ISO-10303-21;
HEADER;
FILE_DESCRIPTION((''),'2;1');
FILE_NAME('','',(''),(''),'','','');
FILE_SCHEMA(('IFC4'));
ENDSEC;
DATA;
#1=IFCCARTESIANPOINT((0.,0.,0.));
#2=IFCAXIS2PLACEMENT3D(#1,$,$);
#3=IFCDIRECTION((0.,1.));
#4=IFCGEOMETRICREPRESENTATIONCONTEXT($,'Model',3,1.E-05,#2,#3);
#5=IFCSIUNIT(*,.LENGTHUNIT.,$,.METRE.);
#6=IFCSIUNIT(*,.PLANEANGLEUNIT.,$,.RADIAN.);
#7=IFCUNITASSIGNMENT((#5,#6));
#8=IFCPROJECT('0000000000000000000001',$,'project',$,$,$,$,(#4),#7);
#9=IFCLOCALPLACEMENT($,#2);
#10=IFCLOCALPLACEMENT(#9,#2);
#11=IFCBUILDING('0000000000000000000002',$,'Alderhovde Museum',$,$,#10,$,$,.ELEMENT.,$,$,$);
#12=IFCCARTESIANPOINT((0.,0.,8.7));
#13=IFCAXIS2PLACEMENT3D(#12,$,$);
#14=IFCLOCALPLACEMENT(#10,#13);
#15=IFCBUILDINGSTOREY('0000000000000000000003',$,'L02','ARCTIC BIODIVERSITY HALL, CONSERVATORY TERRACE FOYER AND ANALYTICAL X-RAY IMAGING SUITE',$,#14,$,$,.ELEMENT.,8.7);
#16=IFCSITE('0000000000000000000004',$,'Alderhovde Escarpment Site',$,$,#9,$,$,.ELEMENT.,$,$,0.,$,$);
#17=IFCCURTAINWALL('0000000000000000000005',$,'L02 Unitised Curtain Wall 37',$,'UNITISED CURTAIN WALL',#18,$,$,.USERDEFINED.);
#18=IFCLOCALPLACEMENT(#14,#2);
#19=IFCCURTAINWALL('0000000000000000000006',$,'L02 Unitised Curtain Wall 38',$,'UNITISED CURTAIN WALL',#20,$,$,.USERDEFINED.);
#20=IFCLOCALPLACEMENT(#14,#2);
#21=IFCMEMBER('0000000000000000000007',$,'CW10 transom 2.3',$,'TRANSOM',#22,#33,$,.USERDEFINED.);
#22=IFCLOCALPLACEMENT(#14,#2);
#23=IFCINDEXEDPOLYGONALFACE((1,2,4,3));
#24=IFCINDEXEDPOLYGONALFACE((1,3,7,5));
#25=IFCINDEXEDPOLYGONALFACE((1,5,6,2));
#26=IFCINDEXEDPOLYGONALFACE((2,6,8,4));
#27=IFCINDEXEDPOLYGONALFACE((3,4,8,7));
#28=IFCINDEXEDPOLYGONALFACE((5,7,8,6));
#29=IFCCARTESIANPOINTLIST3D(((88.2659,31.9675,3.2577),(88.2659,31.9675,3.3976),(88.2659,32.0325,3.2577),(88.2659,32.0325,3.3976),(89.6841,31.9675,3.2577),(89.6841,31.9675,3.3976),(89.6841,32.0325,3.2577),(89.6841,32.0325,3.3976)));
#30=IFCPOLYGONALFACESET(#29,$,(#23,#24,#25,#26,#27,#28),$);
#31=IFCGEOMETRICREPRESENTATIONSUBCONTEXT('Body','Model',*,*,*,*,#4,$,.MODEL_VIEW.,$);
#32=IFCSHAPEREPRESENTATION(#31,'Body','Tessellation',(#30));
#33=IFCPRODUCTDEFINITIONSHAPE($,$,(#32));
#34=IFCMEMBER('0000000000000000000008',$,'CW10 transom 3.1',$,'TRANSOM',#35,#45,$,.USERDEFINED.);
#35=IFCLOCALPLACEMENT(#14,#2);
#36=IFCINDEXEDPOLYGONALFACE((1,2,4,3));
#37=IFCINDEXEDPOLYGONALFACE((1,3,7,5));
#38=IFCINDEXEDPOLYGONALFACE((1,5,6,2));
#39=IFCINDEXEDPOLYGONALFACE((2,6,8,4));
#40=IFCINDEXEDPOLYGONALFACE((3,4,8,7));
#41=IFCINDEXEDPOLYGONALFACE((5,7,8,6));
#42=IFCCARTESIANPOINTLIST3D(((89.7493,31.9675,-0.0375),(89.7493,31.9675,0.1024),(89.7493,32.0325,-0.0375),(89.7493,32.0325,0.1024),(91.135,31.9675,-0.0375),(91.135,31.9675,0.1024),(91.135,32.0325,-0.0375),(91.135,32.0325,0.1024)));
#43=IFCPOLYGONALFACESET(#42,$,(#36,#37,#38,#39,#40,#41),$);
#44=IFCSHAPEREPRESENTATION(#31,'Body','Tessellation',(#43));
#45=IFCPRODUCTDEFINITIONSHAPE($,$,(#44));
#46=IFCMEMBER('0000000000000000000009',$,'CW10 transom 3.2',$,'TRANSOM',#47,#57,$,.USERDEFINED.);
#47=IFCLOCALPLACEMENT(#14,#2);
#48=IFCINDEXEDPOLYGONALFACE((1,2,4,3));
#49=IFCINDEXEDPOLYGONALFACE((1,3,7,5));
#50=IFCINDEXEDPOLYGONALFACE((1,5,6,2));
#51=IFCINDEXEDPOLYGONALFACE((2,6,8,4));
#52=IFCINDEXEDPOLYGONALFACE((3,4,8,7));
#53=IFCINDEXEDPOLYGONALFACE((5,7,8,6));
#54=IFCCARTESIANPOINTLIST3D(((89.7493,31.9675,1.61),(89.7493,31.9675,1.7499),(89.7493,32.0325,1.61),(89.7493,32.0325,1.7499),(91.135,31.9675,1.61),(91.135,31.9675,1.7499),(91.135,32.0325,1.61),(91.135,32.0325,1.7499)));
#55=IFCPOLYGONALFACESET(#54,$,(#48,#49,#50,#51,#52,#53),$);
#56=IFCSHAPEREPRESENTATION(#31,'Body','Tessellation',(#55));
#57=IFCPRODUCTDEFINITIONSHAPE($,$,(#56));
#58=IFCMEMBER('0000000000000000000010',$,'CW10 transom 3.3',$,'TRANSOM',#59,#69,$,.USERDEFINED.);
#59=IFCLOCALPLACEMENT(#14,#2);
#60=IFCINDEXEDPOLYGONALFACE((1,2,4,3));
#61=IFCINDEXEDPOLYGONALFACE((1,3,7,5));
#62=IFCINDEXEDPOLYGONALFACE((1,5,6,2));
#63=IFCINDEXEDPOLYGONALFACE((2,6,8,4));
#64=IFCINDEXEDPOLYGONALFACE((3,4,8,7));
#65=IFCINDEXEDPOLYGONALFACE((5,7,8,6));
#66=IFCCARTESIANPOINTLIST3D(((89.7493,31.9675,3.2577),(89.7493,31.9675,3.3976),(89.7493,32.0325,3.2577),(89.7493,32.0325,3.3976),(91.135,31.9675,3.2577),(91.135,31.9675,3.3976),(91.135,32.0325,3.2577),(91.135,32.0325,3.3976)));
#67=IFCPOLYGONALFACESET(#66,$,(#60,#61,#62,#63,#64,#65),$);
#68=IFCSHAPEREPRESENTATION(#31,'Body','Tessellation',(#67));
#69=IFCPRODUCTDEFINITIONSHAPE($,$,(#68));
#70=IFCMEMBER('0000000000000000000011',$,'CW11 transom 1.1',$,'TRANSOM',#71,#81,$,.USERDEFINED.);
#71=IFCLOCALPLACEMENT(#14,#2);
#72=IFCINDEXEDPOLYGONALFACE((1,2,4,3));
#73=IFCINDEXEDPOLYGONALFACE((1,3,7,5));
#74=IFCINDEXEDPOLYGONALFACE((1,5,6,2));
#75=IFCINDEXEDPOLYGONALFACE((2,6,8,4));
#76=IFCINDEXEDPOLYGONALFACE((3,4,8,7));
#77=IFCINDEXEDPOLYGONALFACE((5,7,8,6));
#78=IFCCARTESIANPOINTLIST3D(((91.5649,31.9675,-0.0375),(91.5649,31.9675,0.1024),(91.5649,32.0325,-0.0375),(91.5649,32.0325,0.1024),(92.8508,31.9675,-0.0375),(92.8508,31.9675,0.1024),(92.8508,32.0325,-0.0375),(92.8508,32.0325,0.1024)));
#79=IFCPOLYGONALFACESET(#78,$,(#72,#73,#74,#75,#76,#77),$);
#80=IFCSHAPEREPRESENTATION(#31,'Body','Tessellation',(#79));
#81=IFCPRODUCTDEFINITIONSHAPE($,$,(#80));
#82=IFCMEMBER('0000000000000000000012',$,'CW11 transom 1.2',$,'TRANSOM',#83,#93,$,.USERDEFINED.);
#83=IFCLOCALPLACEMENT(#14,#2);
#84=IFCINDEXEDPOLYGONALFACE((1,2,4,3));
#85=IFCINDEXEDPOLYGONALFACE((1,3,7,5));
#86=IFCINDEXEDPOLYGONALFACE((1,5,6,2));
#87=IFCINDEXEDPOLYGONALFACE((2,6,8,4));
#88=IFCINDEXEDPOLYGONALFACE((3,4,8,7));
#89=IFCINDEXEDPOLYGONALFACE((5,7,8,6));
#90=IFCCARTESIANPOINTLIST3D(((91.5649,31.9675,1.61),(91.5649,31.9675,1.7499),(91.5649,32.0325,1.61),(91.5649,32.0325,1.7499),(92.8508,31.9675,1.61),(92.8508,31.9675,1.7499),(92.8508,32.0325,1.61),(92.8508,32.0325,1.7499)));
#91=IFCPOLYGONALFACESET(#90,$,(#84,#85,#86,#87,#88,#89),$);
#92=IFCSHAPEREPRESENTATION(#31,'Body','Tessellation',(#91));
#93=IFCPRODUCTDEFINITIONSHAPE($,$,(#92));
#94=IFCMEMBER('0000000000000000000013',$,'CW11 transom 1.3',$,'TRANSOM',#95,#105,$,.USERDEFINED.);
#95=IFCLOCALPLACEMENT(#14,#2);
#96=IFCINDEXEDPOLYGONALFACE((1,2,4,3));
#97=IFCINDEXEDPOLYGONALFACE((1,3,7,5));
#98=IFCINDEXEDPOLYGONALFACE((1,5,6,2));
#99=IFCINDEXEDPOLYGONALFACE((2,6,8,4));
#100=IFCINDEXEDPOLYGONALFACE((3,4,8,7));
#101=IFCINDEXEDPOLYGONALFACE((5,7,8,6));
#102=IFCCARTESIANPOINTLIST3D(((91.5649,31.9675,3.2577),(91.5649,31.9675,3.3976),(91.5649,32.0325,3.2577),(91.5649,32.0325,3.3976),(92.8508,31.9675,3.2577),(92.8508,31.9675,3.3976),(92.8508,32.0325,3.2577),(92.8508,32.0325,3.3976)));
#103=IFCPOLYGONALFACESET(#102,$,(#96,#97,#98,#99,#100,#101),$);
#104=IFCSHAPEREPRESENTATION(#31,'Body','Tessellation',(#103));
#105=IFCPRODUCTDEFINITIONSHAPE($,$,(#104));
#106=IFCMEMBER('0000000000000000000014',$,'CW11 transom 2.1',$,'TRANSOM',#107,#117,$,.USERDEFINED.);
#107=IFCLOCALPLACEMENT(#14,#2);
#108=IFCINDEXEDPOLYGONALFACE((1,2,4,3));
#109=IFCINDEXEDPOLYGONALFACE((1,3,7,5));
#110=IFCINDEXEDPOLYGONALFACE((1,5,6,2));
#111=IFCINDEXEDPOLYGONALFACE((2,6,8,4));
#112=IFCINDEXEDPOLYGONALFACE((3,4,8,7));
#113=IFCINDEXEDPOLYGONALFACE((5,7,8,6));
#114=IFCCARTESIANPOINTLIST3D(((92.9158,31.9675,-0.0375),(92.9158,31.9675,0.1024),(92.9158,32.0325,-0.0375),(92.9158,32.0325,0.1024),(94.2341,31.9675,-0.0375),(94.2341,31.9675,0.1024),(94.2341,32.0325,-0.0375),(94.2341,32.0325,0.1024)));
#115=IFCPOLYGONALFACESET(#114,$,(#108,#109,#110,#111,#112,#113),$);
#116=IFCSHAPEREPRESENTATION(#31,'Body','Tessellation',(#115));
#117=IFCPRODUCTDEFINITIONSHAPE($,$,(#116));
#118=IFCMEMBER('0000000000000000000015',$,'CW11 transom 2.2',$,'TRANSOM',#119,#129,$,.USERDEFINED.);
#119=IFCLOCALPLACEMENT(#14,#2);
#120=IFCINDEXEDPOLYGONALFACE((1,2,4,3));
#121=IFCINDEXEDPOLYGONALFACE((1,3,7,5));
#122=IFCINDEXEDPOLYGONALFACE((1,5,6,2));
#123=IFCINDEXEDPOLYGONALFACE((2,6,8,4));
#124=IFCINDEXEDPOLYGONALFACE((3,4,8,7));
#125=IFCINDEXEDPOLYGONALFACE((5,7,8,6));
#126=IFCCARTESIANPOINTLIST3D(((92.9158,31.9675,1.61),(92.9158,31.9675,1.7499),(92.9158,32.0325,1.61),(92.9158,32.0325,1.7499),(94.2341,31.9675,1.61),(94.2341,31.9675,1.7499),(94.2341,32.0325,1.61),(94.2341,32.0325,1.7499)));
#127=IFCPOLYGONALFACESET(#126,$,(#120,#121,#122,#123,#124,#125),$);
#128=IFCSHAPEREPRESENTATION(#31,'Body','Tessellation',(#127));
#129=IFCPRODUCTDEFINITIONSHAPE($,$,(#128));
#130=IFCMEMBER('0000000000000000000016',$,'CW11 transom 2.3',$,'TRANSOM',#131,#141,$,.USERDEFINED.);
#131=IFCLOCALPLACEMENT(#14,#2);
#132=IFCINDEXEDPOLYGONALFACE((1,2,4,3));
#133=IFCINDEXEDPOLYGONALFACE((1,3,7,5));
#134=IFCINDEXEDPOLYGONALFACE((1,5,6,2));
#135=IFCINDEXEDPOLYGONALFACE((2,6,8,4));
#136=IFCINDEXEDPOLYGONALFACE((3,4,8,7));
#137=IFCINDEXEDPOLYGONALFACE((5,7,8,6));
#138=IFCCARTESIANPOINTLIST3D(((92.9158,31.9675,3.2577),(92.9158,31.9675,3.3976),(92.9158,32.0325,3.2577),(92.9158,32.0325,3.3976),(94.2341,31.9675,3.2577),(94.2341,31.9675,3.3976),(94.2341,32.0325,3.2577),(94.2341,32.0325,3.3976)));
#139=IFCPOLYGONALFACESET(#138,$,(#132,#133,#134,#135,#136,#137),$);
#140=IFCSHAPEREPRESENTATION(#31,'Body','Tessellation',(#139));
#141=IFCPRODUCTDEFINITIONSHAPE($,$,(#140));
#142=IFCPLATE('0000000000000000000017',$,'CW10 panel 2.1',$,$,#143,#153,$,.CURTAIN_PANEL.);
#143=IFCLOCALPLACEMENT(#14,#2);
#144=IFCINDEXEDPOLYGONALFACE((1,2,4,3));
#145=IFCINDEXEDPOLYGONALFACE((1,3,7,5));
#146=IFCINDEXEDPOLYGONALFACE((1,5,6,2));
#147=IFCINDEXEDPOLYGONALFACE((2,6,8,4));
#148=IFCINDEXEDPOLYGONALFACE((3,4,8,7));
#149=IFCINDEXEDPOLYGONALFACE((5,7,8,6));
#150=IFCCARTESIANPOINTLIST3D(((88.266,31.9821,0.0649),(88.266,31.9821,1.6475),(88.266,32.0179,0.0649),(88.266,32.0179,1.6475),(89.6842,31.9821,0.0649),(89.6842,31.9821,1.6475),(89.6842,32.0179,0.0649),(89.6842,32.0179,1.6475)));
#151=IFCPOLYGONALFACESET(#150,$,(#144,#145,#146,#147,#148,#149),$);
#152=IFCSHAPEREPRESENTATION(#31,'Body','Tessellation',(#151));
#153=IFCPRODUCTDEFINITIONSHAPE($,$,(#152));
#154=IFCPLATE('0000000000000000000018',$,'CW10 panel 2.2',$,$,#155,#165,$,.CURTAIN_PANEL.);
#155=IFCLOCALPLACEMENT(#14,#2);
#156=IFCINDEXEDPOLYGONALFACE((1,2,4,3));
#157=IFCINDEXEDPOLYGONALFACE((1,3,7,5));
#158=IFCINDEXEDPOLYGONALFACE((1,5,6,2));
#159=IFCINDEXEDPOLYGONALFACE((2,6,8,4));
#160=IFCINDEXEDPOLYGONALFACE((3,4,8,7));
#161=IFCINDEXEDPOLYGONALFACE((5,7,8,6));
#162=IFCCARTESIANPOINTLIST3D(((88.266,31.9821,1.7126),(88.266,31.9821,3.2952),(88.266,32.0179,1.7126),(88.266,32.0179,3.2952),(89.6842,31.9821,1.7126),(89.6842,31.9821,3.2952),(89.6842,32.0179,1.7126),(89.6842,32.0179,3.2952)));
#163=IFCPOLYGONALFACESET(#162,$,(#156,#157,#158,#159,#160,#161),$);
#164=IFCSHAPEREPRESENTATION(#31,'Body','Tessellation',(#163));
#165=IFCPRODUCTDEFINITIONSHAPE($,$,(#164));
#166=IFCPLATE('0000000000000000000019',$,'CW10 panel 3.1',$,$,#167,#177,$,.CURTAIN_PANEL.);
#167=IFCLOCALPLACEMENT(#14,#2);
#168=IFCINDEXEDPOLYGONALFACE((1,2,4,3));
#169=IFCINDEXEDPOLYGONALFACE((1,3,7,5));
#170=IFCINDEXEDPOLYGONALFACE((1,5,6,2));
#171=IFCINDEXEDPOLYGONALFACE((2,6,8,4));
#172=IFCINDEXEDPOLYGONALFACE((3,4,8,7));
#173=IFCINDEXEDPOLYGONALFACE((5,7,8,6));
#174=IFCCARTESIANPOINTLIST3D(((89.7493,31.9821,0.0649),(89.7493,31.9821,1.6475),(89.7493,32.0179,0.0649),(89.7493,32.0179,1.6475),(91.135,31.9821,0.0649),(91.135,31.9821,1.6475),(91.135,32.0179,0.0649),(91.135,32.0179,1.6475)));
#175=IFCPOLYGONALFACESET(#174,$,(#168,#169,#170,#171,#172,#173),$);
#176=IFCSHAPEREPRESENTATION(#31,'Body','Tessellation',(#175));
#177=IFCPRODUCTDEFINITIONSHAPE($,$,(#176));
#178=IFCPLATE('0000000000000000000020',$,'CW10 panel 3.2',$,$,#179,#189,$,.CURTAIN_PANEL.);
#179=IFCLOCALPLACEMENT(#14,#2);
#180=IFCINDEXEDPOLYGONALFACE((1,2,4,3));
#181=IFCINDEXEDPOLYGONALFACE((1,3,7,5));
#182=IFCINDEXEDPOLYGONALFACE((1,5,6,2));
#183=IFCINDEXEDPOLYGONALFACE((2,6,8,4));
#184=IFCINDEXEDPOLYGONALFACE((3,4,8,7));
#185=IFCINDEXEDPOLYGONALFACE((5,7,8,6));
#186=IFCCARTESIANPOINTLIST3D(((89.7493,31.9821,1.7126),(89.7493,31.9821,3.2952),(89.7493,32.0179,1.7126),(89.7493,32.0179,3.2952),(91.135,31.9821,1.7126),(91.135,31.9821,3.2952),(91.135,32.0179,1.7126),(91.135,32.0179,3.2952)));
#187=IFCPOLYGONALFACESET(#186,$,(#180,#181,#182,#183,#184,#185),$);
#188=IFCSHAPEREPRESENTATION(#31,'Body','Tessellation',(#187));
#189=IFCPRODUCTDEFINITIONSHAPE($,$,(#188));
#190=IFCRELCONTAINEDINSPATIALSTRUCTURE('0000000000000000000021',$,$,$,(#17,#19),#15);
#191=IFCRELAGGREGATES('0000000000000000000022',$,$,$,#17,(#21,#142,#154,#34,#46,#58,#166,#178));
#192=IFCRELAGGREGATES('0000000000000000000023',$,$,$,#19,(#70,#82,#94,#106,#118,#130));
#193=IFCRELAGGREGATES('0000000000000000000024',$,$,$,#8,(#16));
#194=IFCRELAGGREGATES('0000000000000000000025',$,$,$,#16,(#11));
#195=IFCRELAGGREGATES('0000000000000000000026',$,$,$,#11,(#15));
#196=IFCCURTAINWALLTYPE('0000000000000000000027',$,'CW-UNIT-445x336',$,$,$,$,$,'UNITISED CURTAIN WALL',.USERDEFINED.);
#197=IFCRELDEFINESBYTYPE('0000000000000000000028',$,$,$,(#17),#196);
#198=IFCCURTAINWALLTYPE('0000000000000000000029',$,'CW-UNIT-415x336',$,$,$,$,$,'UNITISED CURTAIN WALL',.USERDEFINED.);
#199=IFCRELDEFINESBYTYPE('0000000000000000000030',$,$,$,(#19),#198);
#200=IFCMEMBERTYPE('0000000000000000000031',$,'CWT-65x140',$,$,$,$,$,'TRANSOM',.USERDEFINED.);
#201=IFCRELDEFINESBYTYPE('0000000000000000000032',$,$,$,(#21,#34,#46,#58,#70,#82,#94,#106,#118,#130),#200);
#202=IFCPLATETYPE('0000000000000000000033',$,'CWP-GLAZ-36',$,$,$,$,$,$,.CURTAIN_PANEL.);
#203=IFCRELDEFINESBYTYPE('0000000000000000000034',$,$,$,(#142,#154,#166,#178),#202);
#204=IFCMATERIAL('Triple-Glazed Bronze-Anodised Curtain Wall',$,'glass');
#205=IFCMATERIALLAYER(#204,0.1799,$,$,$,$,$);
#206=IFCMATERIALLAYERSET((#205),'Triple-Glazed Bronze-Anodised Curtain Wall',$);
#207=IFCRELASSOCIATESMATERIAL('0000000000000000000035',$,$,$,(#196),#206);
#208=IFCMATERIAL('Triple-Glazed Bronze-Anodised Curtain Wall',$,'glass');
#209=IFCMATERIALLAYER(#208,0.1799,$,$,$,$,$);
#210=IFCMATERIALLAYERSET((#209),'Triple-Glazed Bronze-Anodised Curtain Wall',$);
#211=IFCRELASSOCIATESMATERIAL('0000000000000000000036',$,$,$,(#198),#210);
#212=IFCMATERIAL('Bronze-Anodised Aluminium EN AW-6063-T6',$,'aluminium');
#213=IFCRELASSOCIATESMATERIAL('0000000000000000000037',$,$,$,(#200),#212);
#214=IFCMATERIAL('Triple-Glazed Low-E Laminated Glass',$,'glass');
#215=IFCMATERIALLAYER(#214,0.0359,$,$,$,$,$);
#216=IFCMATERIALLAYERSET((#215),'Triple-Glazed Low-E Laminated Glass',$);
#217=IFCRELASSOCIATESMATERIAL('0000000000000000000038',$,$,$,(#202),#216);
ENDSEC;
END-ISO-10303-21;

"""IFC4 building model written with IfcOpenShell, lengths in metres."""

from ifc_helpers import new_model, si_unit, direction, frame, origin, origin_2d, place, context, subcontext, project, spatial, rectangle, extrude, material, layer, layer_set, material_profile, profile_set, type_object, element, aggregate, save


model = new_model("IFC4")

# Units and contexts
model_context = context("Model", 3, precision=1e-05, world=origin(), true_north=direction((0.0, 1.0)))
body_context = subcontext(model_context, "Body", "Model", "MODEL_VIEW")
ifc_project = project(units=[si_unit("LENGTHUNIT", "METRE"), si_unit("PLANEANGLEUNIT", "RADIAN")], contexts=[model_context])

# Site, building, storey
site_placement = place(None, origin())
site = spatial("IfcSite", under=ifc_project, at=site_placement, Name="Alderhovde Escarpment Site", CompositionType="ELEMENT", RefElevation=0.0)
building_placement = place(site_placement, origin())
building = spatial("IfcBuilding", under=site, at=building_placement, Name="Alderhovde Museum", CompositionType="ELEMENT")
storey_placement = place(building_placement, frame((0.0, 0.0, 8.7)))
storey = spatial("IfcBuildingStorey", under=building, at=storey_placement, Name="L02", Description="ARCTIC BIODIVERSITY HALL, CONSERVATORY TERRACE FOYER AND ANALYTICAL X-RAY IMAGING SUITE", CompositionType="ELEMENT", Elevation=8.7)

# Curtain walls
ifc_material_1 = material(Name="Triple-Glazed Bronze-Anodised Curtain Wall", Category="glass")
ifc_layer_1 = layer(ifc_material_1, 0.1799)
ifc_layer_set_1 = layer_set([ifc_layer_1], Name="Triple-Glazed Bronze-Anodised Curtain Wall")
curtain_wall_type_1 = type_object("IfcCurtainWallType", Name="CW-UNIT-445x336", ElementType="UNITISED CURTAIN WALL", PredefinedType="USERDEFINED", material=ifc_layer_set_1)
curtain_wall_1_placement = place(storey_placement, origin())
curtain_wall_1 = element("IfcCurtainWall", 1, at=curtain_wall_1_placement, inside=storey, type_object=curtain_wall_type_1, Name="L02 Unitised Curtain Wall 37", ObjectType="UNITISED CURTAIN WALL", PredefinedType="USERDEFINED")
ifc_material_2 = material(Name="Triple-Glazed Bronze-Anodised Curtain Wall", Category="glass")
ifc_layer_2 = layer(ifc_material_2, 0.1799)
ifc_layer_set_2 = layer_set([ifc_layer_2], Name="Triple-Glazed Bronze-Anodised Curtain Wall")
curtain_wall_type_2 = type_object("IfcCurtainWallType", Name="CW-UNIT-415x336", ElementType="UNITISED CURTAIN WALL", PredefinedType="USERDEFINED", material=ifc_layer_set_2)
curtain_wall_2_placement = place(storey_placement, origin())
curtain_wall_2 = element("IfcCurtainWall", 2, at=curtain_wall_2_placement, inside=storey, type_object=curtain_wall_type_2, Name="L02 Unitised Curtain Wall 38", ObjectType="UNITISED CURTAIN WALL", PredefinedType="USERDEFINED")

# Members
ifc_material_3 = material(Name="Bronze-Anodised Aluminium EN AW-6063-T6", Category="aluminium")
ifc_material_profile_1 = material_profile(ifc_material_3, rectangle(XDim=0.0649, YDim=0.1399, at=origin_2d()), Name="TRANSOM 65x140")
ifc_profile_set_1 = profile_set([ifc_material_profile_1], Name="Bronze-Anodised Aluminium EN AW-6063-T6")
member_type_1 = type_object("IfcMemberType", Name="CWT-65x140", ElementType="TRANSOM", PredefinedType="USERDEFINED", material=ifc_profile_set_1)
member_1_placement = place(storey_placement, frame((88.2659, 32.0, 3.3276), z_axis=(1.0, 0.0, 0.0), x_axis=(0.0, 1.0, 0.0)))
member_1 = element("IfcMember", 3, at=member_1_placement, type_object=member_type_1, Name="CW10 transom 2.3", ObjectType="TRANSOM", PredefinedType="USERDEFINED", context=body_context, shape_type="SweptSolid", body=[
    extrude(rectangle(XDim=0.0649, YDim=0.1399, at=origin_2d()), origin(), (0.0, 0.0, 1.0), 1.4182),
])
member_2_placement = place(storey_placement, frame((89.7493, 32.0, 0.0325), z_axis=(1.0, 0.0, 0.0), x_axis=(0.0, 1.0, 0.0)))
member_2 = element("IfcMember", 4, at=member_2_placement, type_object=member_type_1, Name="CW10 transom 3.1", ObjectType="TRANSOM", PredefinedType="USERDEFINED", context=body_context, shape_type="SweptSolid", body=[
    extrude(rectangle(XDim=0.0649, YDim=0.1399, at=origin_2d()), origin(), (0.0, 0.0, 1.0), 1.3857),
])
member_3_placement = place(storey_placement, frame((89.7493, 32.0, 1.6799), z_axis=(1.0, 0.0, 0.0), x_axis=(0.0, 1.0, 0.0)))
member_3 = element("IfcMember", 5, at=member_3_placement, type_object=member_type_1, Name="CW10 transom 3.2", ObjectType="TRANSOM", PredefinedType="USERDEFINED", context=body_context, shape_type="SweptSolid", body=[
    extrude(rectangle(XDim=0.0649, YDim=0.1399, at=origin_2d()), origin(), (0.0, 0.0, 1.0), 1.3857),
])
member_4_placement = place(storey_placement, frame((89.7493, 32.0, 3.3276), z_axis=(1.0, 0.0, 0.0), x_axis=(0.0, 1.0, 0.0)))
member_4 = element("IfcMember", 6, at=member_4_placement, type_object=member_type_1, Name="CW10 transom 3.3", ObjectType="TRANSOM", PredefinedType="USERDEFINED", context=body_context, shape_type="SweptSolid", body=[
    extrude(rectangle(XDim=0.0649, YDim=0.1399, at=origin_2d()), origin(), (0.0, 0.0, 1.0), 1.3857),
])
member_5_placement = place(storey_placement, frame((91.5649, 32.0, 0.0325), z_axis=(1.0, 0.0, 0.0), x_axis=(0.0, 1.0, 0.0)))
member_5 = element("IfcMember", 7, at=member_5_placement, type_object=member_type_1, Name="CW11 transom 1.1", ObjectType="TRANSOM", PredefinedType="USERDEFINED", context=body_context, shape_type="SweptSolid", body=[
    extrude(rectangle(XDim=0.0649, YDim=0.1399, at=origin_2d()), origin(), (0.0, 0.0, 1.0), 1.2859),
])
member_6_placement = place(storey_placement, frame((91.5649, 32.0, 1.6799), z_axis=(1.0, 0.0, 0.0), x_axis=(0.0, 1.0, 0.0)))
member_6 = element("IfcMember", 8, at=member_6_placement, type_object=member_type_1, Name="CW11 transom 1.2", ObjectType="TRANSOM", PredefinedType="USERDEFINED", context=body_context, shape_type="SweptSolid", body=[
    extrude(rectangle(XDim=0.0649, YDim=0.1399, at=origin_2d()), origin(), (0.0, 0.0, 1.0), 1.2859),
])
member_7_placement = place(storey_placement, frame((91.5649, 32.0, 3.3276), z_axis=(1.0, 0.0, 0.0), x_axis=(0.0, 1.0, 0.0)))
member_7 = element("IfcMember", 9, at=member_7_placement, type_object=member_type_1, Name="CW11 transom 1.3", ObjectType="TRANSOM", PredefinedType="USERDEFINED", context=body_context, shape_type="SweptSolid", body=[
    extrude(rectangle(XDim=0.0649, YDim=0.1399, at=origin_2d()), origin(), (0.0, 0.0, 1.0), 1.2859),
])
member_8_placement = place(storey_placement, frame((92.9158, 32.0, 0.0325), z_axis=(1.0, 0.0, 0.0), x_axis=(0.0, 1.0, 0.0)))
member_8 = element("IfcMember", 10, at=member_8_placement, type_object=member_type_1, Name="CW11 transom 2.1", ObjectType="TRANSOM", PredefinedType="USERDEFINED", context=body_context, shape_type="SweptSolid", body=[
    extrude(rectangle(XDim=0.0649, YDim=0.1399, at=origin_2d()), origin(), (0.0, 0.0, 1.0), 1.3184),
])
member_9_placement = place(storey_placement, frame((92.9158, 32.0, 1.6799), z_axis=(1.0, 0.0, 0.0), x_axis=(0.0, 1.0, 0.0)))
member_9 = element("IfcMember", 11, at=member_9_placement, type_object=member_type_1, Name="CW11 transom 2.2", ObjectType="TRANSOM", PredefinedType="USERDEFINED", context=body_context, shape_type="SweptSolid", body=[
    extrude(rectangle(XDim=0.0649, YDim=0.1399, at=origin_2d()), origin(), (0.0, 0.0, 1.0), 1.3184),
])
member_10_placement = place(storey_placement, frame((92.9158, 32.0, 3.3276), z_axis=(1.0, 0.0, 0.0), x_axis=(0.0, 1.0, 0.0)))
member_10 = element("IfcMember", 12, at=member_10_placement, type_object=member_type_1, Name="CW11 transom 2.3", ObjectType="TRANSOM", PredefinedType="USERDEFINED", context=body_context, shape_type="SweptSolid", body=[
    extrude(rectangle(XDim=0.0649, YDim=0.1399, at=origin_2d()), origin(), (0.0, 0.0, 1.0), 1.3184),
])

# Plates
ifc_material_4 = material(Name="Triple-Glazed Low-E Laminated Glass", Category="glass")
ifc_layer_3 = layer(ifc_material_4, 0.0359)
ifc_layer_set_3 = layer_set([ifc_layer_3], Name="Triple-Glazed Low-E Laminated Glass")
plate_type_1 = type_object("IfcPlateType", Name="CWP-GLAZ-36", PredefinedType="CURTAIN_PANEL", material=ifc_layer_set_3)
plate_1_placement = place(storey_placement, frame((88.9751, 32.0, 0.0649), z_axis=(0.0, 0.0, 1.0), x_axis=(1.0, 0.0, 0.0)))
plate_1 = element("IfcPlate", 13, at=plate_1_placement, type_object=plate_type_1, Name="CW10 panel 2.1", PredefinedType="CURTAIN_PANEL", context=body_context, shape_type="SweptSolid", body=[
    extrude(rectangle(XDim=1.4182, YDim=0.0359, at=origin_2d()), origin(), (0.0, 0.0, 1.0), 1.5825),
])
plate_2_placement = place(storey_placement, frame((88.9751, 32.0, 1.7126), z_axis=(0.0, 0.0, 1.0), x_axis=(1.0, 0.0, 0.0)))
plate_2 = element("IfcPlate", 14, at=plate_2_placement, type_object=plate_type_1, Name="CW10 panel 2.2", PredefinedType="CURTAIN_PANEL", context=body_context, shape_type="SweptSolid", body=[
    extrude(rectangle(XDim=1.4182, YDim=0.0359, at=origin_2d()), origin(), (0.0, 0.0, 1.0), 1.5825),
])
plate_3_placement = place(storey_placement, frame((90.4421, 32.0, 0.0649), z_axis=(0.0, 0.0, 1.0), x_axis=(1.0, 0.0, 0.0)))
plate_3 = element("IfcPlate", 15, at=plate_3_placement, type_object=plate_type_1, Name="CW10 panel 3.1", PredefinedType="CURTAIN_PANEL", context=body_context, shape_type="SweptSolid", body=[
    extrude(rectangle(XDim=1.3857, YDim=0.0359, at=origin_2d()), origin(), (0.0, 0.0, 1.0), 1.5825),
])
plate_4_placement = place(storey_placement, frame((90.4421, 32.0, 1.7126), z_axis=(0.0, 0.0, 1.0), x_axis=(1.0, 0.0, 0.0)))
plate_4 = element("IfcPlate", 16, at=plate_4_placement, type_object=plate_type_1, Name="CW10 panel 3.2", PredefinedType="CURTAIN_PANEL", context=body_context, shape_type="SweptSolid", body=[
    extrude(rectangle(XDim=1.3857, YDim=0.0359, at=origin_2d()), origin(), (0.0, 0.0, 1.0), 1.5825),
])
aggregate(curtain_wall_1, [member_1, plate_1, plate_2, member_2, member_3, member_4, plate_3, plate_4])
aggregate(curtain_wall_2, [member_5, member_6, member_7, member_8, member_9, member_10])

save(model, "model.ifc")
